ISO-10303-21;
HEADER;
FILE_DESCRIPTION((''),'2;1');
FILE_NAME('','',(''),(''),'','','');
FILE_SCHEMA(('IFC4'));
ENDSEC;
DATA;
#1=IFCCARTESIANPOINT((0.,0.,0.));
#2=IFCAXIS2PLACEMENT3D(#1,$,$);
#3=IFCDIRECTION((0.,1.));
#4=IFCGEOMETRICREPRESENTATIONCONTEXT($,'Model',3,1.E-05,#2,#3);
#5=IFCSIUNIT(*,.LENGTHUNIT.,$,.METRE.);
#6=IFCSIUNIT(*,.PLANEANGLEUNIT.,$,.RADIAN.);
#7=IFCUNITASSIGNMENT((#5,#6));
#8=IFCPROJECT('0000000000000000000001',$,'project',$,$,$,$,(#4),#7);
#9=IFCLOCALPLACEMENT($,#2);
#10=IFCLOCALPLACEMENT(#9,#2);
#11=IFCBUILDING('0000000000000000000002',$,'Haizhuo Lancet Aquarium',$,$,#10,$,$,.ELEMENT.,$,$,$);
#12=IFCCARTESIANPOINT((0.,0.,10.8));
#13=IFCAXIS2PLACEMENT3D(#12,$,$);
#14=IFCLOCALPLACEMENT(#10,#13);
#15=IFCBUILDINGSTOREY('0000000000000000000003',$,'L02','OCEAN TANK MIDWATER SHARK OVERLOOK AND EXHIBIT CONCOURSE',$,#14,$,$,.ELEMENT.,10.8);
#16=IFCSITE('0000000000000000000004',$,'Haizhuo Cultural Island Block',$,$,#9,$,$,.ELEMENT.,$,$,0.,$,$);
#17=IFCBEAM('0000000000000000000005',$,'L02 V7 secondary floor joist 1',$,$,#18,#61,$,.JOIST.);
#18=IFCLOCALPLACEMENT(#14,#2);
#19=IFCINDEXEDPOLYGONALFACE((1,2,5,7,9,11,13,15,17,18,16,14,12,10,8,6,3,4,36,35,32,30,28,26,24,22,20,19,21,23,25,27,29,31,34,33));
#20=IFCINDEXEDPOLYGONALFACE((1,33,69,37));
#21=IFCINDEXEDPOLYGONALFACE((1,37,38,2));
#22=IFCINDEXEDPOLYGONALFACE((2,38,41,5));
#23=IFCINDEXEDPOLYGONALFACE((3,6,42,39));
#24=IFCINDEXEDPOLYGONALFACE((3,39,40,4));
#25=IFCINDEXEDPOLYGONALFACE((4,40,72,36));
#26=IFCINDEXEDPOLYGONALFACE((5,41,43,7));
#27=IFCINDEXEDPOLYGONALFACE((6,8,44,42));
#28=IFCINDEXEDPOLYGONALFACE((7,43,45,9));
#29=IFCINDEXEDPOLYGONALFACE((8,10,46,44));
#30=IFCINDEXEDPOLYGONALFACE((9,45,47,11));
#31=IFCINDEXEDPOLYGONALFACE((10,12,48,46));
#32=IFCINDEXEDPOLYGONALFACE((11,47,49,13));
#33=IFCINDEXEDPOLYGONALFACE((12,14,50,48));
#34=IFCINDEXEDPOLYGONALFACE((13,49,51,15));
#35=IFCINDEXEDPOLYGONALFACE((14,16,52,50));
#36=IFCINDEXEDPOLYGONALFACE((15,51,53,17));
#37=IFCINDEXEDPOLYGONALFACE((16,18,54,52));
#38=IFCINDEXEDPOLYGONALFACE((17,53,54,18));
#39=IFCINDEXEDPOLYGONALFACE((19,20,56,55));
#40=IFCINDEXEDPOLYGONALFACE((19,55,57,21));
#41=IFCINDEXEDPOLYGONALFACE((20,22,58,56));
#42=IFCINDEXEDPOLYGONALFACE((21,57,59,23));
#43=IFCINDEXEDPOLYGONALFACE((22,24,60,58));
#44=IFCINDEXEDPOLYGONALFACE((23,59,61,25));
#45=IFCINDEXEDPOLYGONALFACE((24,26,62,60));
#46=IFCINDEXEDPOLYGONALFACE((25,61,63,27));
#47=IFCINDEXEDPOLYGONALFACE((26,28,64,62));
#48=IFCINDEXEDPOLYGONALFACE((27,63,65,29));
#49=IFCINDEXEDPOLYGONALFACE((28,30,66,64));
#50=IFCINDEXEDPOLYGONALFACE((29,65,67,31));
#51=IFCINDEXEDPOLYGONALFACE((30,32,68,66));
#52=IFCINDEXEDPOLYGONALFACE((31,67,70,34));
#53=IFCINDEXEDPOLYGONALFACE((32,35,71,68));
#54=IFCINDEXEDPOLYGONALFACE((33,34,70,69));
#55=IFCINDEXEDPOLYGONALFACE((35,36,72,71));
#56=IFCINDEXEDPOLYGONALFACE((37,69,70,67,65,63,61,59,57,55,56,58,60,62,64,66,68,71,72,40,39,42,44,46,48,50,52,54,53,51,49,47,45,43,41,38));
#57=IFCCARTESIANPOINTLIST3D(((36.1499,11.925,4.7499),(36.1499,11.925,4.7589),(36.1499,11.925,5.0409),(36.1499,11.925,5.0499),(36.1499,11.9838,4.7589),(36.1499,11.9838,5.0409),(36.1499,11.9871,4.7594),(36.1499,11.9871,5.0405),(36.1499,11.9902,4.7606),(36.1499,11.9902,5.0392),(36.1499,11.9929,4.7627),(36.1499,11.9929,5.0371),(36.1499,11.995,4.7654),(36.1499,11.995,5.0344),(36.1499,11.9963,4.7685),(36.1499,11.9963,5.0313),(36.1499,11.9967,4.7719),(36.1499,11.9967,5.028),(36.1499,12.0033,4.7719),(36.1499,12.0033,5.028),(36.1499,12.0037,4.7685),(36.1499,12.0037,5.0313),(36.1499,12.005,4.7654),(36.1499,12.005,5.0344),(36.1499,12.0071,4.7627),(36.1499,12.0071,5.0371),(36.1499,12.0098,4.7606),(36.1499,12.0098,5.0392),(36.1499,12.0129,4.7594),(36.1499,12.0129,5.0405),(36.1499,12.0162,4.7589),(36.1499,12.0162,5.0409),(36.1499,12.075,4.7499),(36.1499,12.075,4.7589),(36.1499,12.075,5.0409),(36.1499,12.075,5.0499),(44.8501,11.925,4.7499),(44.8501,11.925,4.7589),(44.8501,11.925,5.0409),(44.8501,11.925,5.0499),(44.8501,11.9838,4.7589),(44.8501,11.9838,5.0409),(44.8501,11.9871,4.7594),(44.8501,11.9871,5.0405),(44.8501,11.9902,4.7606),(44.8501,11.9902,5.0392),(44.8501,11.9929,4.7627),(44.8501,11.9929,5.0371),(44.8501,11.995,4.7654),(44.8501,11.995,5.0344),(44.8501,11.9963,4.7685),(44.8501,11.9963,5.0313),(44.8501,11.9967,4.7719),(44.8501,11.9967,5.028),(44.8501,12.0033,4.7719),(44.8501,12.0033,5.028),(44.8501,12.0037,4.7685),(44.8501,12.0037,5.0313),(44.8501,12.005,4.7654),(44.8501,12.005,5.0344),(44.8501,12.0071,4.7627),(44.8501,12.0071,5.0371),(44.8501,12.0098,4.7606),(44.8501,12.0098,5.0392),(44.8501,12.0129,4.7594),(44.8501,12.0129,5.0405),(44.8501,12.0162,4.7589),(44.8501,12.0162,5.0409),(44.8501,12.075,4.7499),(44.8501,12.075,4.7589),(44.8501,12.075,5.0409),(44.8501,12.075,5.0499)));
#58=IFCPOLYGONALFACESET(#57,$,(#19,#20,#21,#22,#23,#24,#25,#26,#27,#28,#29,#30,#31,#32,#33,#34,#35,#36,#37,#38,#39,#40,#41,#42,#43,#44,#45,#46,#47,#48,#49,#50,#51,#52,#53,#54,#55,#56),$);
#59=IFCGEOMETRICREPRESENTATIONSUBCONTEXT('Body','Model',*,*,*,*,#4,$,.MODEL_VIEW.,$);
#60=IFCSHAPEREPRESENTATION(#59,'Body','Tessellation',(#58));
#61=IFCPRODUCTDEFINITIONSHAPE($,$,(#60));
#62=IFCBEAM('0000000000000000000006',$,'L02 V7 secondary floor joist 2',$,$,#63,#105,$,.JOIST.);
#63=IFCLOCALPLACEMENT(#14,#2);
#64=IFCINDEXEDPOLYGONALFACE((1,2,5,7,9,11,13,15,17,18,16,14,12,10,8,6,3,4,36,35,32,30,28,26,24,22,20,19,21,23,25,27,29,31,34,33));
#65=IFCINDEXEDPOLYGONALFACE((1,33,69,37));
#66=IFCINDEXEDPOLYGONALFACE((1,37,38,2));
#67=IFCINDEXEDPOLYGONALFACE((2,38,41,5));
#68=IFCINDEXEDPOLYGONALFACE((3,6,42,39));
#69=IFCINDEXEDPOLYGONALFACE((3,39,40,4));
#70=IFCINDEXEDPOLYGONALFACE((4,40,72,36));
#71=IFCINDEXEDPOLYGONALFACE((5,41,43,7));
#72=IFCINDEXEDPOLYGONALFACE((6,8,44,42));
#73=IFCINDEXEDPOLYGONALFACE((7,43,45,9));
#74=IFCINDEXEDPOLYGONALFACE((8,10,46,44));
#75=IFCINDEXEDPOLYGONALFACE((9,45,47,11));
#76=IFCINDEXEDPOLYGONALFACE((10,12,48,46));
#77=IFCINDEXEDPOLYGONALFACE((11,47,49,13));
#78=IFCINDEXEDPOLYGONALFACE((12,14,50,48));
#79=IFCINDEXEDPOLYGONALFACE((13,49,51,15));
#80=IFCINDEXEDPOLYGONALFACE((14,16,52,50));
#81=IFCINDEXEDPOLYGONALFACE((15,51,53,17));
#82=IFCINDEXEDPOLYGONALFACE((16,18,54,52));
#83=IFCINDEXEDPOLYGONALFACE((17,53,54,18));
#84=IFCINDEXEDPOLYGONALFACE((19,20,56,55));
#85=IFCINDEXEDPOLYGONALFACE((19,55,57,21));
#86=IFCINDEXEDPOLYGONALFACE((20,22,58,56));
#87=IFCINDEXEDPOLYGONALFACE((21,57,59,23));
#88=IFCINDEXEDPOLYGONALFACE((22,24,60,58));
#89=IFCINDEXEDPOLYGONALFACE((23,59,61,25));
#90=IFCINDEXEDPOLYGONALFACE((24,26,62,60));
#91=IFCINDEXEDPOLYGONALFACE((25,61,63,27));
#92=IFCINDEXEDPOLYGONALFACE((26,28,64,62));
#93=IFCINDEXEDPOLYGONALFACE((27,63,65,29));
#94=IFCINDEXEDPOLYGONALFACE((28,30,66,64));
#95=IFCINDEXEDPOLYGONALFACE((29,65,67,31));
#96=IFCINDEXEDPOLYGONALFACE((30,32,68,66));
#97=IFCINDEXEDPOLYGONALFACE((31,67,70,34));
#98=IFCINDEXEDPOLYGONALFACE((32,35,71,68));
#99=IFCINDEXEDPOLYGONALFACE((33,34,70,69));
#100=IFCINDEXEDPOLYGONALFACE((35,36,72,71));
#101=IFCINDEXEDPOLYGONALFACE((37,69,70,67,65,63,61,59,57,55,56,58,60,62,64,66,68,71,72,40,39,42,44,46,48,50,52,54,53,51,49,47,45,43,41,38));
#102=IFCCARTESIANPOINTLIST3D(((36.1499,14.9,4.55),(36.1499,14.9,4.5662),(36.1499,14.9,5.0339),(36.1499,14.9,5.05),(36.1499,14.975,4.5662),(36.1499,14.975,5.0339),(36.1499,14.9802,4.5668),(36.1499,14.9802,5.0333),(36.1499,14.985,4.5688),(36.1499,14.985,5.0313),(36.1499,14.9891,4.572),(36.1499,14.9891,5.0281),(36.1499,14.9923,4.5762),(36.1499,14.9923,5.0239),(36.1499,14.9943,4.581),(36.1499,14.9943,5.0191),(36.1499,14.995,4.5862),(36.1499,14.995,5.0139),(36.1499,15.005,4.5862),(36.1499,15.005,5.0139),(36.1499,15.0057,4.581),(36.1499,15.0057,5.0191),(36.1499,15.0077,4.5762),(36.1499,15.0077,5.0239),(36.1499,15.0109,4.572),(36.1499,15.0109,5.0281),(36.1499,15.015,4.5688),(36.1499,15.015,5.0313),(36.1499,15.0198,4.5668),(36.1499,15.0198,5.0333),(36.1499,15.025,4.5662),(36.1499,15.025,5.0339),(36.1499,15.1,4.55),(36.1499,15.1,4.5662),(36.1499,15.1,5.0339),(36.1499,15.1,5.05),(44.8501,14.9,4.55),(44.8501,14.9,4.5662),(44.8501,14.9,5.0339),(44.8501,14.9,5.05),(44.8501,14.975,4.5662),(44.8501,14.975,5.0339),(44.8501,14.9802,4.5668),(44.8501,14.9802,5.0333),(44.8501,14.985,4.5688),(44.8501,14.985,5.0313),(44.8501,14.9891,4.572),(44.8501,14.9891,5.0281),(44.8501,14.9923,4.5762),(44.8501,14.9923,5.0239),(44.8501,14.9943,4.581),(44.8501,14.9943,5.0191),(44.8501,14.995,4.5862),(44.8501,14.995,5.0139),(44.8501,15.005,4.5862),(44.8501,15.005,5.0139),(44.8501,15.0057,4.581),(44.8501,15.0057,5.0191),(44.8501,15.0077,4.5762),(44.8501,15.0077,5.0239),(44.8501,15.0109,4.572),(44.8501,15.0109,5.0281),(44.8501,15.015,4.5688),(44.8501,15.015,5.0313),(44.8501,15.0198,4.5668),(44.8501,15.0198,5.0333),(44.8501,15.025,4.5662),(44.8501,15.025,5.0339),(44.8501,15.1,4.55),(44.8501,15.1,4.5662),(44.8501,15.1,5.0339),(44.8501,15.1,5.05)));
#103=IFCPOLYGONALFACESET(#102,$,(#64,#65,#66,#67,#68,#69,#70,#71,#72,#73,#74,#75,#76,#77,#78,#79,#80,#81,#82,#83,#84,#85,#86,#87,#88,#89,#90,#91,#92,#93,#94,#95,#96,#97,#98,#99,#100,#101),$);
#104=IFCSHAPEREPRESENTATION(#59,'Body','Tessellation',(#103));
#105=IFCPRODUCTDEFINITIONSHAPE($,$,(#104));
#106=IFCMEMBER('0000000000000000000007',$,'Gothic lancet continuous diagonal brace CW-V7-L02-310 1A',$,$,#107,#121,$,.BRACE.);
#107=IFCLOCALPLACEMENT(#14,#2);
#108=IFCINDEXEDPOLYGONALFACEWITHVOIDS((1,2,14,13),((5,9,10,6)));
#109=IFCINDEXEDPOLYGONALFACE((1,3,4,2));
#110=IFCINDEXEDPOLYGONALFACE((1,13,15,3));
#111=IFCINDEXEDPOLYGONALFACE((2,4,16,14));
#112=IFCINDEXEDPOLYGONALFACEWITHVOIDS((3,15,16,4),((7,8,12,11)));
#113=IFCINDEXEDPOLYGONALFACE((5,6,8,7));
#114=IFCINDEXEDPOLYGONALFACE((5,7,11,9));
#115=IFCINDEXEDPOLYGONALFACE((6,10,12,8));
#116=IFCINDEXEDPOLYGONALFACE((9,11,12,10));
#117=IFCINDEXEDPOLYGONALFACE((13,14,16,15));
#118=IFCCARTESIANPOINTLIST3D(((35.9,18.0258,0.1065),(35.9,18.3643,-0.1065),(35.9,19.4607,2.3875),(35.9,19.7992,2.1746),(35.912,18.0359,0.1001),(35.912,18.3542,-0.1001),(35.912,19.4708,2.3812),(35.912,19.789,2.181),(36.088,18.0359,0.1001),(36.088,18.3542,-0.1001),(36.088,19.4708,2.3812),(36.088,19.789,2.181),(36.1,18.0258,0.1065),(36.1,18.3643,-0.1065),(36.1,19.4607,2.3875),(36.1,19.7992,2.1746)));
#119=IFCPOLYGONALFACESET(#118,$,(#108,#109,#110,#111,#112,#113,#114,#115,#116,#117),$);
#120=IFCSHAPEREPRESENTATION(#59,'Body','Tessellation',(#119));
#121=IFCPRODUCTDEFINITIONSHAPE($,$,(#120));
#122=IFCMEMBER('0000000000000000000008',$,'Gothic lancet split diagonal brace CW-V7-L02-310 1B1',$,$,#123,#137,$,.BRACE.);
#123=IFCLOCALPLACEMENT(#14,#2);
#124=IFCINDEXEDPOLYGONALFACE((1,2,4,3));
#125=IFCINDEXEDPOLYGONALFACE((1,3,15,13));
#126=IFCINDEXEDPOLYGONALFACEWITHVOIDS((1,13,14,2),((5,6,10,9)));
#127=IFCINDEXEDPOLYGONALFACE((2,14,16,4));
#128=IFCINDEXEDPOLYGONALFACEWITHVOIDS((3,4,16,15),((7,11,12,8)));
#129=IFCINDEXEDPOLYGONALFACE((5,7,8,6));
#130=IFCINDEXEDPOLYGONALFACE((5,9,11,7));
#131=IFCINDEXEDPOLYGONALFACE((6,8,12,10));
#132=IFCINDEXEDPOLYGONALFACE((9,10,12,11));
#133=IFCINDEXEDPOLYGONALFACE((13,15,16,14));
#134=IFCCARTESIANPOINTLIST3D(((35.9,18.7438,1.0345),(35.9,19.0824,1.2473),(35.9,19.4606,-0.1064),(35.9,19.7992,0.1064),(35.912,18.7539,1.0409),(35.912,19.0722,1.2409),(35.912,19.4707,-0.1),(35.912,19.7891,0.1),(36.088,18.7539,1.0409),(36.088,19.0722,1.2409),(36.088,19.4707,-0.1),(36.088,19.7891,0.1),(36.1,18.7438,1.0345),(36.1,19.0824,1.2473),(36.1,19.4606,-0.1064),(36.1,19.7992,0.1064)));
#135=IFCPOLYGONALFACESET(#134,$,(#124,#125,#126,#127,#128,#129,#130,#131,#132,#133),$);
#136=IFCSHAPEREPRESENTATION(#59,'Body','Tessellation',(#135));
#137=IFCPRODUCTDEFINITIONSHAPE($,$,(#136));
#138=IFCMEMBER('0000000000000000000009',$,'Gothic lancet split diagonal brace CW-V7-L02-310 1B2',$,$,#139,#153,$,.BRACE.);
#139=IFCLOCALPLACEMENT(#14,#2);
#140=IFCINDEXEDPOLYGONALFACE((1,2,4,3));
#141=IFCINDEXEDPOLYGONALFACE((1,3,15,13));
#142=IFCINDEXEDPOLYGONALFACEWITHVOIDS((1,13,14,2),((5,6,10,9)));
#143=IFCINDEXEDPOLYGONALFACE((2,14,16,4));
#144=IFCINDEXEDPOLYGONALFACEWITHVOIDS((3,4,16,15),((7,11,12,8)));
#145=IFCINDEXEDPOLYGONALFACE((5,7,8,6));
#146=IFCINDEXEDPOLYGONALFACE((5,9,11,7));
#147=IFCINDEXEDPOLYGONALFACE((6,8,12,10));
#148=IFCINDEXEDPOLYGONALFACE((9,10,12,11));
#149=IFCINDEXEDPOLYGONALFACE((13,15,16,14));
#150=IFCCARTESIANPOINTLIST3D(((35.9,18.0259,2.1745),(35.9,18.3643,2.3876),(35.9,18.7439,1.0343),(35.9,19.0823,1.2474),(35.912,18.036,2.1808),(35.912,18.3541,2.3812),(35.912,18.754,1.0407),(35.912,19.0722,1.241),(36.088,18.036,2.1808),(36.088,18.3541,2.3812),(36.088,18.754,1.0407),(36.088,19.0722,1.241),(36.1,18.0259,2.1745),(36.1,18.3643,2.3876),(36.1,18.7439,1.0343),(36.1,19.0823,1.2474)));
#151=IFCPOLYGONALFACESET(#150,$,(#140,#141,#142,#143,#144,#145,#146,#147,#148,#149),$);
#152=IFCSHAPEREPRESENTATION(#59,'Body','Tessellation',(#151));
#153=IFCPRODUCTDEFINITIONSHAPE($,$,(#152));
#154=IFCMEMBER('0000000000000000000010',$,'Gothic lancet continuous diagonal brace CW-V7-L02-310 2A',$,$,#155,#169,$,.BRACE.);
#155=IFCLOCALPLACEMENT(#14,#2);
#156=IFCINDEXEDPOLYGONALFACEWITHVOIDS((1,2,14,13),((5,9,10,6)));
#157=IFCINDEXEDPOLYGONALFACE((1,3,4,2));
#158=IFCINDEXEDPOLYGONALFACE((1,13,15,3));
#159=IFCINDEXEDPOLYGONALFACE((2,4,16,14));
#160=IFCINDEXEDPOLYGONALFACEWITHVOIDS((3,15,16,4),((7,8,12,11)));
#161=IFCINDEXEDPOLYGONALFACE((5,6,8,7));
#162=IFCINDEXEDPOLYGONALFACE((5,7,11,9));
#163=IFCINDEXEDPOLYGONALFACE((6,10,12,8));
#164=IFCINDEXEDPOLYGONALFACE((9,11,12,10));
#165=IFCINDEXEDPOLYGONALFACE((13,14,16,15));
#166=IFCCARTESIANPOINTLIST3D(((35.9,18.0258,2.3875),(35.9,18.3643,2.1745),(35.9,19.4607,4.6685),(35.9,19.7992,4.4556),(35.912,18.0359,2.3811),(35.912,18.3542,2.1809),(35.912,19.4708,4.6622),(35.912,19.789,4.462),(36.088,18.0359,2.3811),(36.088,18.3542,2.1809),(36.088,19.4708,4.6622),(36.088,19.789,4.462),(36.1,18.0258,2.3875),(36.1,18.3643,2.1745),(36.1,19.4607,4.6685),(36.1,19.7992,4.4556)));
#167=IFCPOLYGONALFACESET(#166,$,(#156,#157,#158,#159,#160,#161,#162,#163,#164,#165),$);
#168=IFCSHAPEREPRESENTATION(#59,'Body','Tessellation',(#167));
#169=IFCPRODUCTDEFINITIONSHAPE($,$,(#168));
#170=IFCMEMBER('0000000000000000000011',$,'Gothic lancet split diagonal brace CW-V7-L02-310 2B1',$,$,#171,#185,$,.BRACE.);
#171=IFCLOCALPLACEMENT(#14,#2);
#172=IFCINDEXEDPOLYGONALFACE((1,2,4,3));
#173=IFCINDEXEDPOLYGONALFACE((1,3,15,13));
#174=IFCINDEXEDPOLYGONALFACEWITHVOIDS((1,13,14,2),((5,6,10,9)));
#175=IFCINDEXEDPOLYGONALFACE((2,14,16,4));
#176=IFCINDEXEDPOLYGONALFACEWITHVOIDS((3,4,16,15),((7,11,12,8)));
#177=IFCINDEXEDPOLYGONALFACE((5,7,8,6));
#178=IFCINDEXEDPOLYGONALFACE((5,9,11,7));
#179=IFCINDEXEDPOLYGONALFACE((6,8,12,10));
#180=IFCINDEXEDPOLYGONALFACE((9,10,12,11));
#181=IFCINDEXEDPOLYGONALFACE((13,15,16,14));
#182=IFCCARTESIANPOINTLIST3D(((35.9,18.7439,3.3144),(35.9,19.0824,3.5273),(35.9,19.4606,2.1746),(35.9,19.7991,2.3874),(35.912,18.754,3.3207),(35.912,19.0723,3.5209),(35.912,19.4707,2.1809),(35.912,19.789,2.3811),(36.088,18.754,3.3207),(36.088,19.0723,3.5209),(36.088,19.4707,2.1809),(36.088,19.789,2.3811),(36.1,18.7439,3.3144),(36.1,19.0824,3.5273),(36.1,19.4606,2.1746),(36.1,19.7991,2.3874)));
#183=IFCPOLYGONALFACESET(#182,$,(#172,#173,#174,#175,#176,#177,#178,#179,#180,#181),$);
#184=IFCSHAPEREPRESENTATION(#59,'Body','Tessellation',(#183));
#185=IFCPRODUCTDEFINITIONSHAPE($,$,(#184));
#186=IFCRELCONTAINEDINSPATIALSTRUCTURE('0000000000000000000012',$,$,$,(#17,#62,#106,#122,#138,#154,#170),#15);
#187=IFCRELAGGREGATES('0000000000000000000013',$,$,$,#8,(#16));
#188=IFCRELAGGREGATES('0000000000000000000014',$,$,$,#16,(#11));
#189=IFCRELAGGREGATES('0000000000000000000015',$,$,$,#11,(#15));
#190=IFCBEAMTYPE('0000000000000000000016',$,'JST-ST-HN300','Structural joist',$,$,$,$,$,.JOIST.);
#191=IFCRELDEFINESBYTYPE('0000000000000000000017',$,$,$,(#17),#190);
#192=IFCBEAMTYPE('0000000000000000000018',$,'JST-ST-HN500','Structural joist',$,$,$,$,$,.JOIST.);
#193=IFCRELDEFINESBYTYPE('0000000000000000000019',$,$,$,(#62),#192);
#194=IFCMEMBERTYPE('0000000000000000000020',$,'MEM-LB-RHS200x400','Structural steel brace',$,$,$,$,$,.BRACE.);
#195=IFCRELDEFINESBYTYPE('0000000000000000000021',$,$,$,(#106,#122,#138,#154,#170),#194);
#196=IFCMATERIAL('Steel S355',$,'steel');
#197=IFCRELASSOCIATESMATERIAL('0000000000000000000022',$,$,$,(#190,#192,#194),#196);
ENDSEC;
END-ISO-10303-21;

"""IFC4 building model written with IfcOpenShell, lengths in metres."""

from ifc_helpers import new_model, si_unit, direction, frame, origin, origin_2d, place, context, subcontext, project, spatial, hollow_rectangle, i_section, extrude, material, material_profile, profile_set, type_object, element, save


model = new_model("IFC4")

# Units and contexts
model_context = context("Model", 3, precision=1e-05, world=origin(), true_north=direction((0.0, 1.0)))
body_context = subcontext(model_context, "Body", "Model", "MODEL_VIEW")
ifc_project = project(units=[si_unit("LENGTHUNIT", "METRE"), si_unit("PLANEANGLEUNIT", "RADIAN")], contexts=[model_context])

# Site, building, storey
site_placement = place(None, origin())
site = spatial("IfcSite", under=ifc_project, at=site_placement, Name="Haizhuo Cultural Island Block", CompositionType="ELEMENT", RefElevation=0.0)
building_placement = place(site_placement, origin())
building = spatial("IfcBuilding", under=site, at=building_placement, Name="Haizhuo Lancet Aquarium", CompositionType="ELEMENT")
storey_placement = place(building_placement, frame((0.0, 0.0, 10.8)))
storey = spatial("IfcBuildingStorey", under=building, at=storey_placement, Name="L02", Description="OCEAN TANK MIDWATER SHARK OVERLOOK AND EXHIBIT CONCOURSE", CompositionType="ELEMENT", Elevation=10.8)

# Shared definitions
ifc_material_1 = material(Name="Steel S355", Category="steel")

# Beams
ifc_material_profile_1 = material_profile(ifc_material_1, i_section(OverallWidth=0.1499, OverallDepth=0.3, WebThickness=0.0066, FlangeThickness=0.009, FilletRadius=0.0129, at=origin_2d()), Name="HN 300x150x6.5x9")
ifc_profile_set_1 = profile_set([ifc_material_profile_1], Name="Steel S355")
beam_type_1 = type_object("IfcBeamType", Name="JST-ST-HN300", Description="Structural joist", PredefinedType="JOIST", material=ifc_profile_set_1)
beam_1_placement = place(storey_placement, frame((36.1499, 12.0, 4.8999), z_axis=(1.0, 0.0, 0.0), x_axis=(0.0, 1.0, 0.0)))
element("IfcBeam", 1, at=beam_1_placement, inside=storey, type_object=beam_type_1, Name="L02 V7 secondary floor joist 1", PredefinedType="JOIST", context=body_context, shape_type="SweptSolid", body=[
    extrude(i_section(OverallWidth=0.1499, OverallDepth=0.3, WebThickness=0.0066, FlangeThickness=0.009, FilletRadius=0.0129, at=origin_2d()), origin(), (0.0, 0.0, 1.0), 8.7002),
])
ifc_material_profile_2 = material_profile(ifc_material_1, i_section(OverallWidth=0.2, OverallDepth=0.5, WebThickness=0.01, FlangeThickness=0.0161, FilletRadius=0.02, at=origin_2d()), Name="HN 500x200x10x16")
ifc_profile_set_2 = profile_set([ifc_material_profile_2], Name="Steel S355")
beam_type_2 = type_object("IfcBeamType", Name="JST-ST-HN500", Description="Structural joist", PredefinedType="JOIST", material=ifc_profile_set_2)
beam_2_placement = place(storey_placement, frame((36.1499, 15.0, 4.8), z_axis=(1.0, 0.0, 0.0), x_axis=(0.0, 1.0, 0.0)))
element("IfcBeam", 2, at=beam_2_placement, inside=storey, type_object=beam_type_2, Name="L02 V7 secondary floor joist 2", PredefinedType="JOIST", context=body_context, shape_type="SweptSolid", body=[
    extrude(i_section(OverallWidth=0.2, OverallDepth=0.5, WebThickness=0.01, FlangeThickness=0.0161, FilletRadius=0.02, at=origin_2d()), origin(), (0.0, 0.0, 1.0), 8.7002),
])

# Members
ifc_material_profile_3 = material_profile(ifc_material_1, hollow_rectangle(XDim=0.2, YDim=0.3999, WallThickness=0.012, at=origin_2d()), Name="RHS 200x400x12")
ifc_profile_set_3 = profile_set([ifc_material_profile_3], Name="Steel S355")
member_type_1 = type_object("IfcMemberType", Name="MEM-LB-RHS200x400", Description="Structural steel brace", PredefinedType="BRACE", material=ifc_profile_set_3)
member_1_placement = place(storey_placement, frame((36.0, 18.1951, 0.0), z_axis=(0.0, 0.532448, 0.846463), x_axis=(-1.0, 0.0, 0.0)))
element("IfcMember", 3, at=member_1_placement, inside=storey, type_object=member_type_1, Name="Gothic lancet continuous diagonal brace CW-V7-L02-310 1A", PredefinedType="BRACE", context=body_context, shape_type="SweptSolid", body=[
    extrude(hollow_rectangle(XDim=0.2, YDim=0.3999, WallThickness=0.012, at=origin_2d()), origin(), (0.0, 0.0, 1.0), 2.6948),
])
for number, where, z_axis, x_axis, name in (
    (4, (36.0, 19.6299, 0.0), (0.0, -0.532001, 0.846744), (1.0, 0.0, 0.0), "Gothic lancet split diagonal brace CW-V7-L02-310 1B1"),
    (5, (36.0, 18.9131, 1.1409), (0.0, -0.532895, 0.846181), (1.0, 0.0, 0.0), "Gothic lancet split diagonal brace CW-V7-L02-310 1B2"),
):
    element("IfcMember", number, at=place(storey_placement, frame(where, z_axis=z_axis, x_axis=x_axis)), inside=storey, type_object=member_type_1, Name=name, PredefinedType="BRACE", context=body_context, shape_type="SweptSolid", body=[
        extrude(hollow_rectangle(XDim=0.2, YDim=0.3999, WallThickness=0.012, at=origin_2d()), origin(), (0.0, 0.0, 1.0), 1.3474),
    ])
member_2_placement = place(storey_placement, frame((36.0, 18.1951, 2.281), z_axis=(0.0, 0.532448, 0.846463), x_axis=(-1.0, 0.0, 0.0)))
element("IfcMember", 6, at=member_2_placement, inside=storey, type_object=member_type_1, Name="Gothic lancet continuous diagonal brace CW-V7-L02-310 2A", PredefinedType="BRACE", context=body_context, shape_type="SweptSolid", body=[
    extrude(hollow_rectangle(XDim=0.2, YDim=0.3999, WallThickness=0.012, at=origin_2d()), origin(), (0.0, 0.0, 1.0), 2.6948),
])
member_3_placement = place(storey_placement, frame((36.0, 19.6299, 2.281), z_axis=(0.0, -0.532327, 0.846539), x_axis=(1.0, 0.0, 0.0)))
element("IfcMember", 7, at=member_3_placement, inside=storey, type_object=member_type_1, Name="Gothic lancet split diagonal brace CW-V7-L02-310 2B1", PredefinedType="BRACE", context=body_context, shape_type="SweptSolid", body=[
    extrude(hollow_rectangle(XDim=0.2, YDim=0.3999, WallThickness=0.012, at=origin_2d()), origin(), (0.0, 0.0, 1.0), 1.3464),
])

save(model, "model.ifc")
